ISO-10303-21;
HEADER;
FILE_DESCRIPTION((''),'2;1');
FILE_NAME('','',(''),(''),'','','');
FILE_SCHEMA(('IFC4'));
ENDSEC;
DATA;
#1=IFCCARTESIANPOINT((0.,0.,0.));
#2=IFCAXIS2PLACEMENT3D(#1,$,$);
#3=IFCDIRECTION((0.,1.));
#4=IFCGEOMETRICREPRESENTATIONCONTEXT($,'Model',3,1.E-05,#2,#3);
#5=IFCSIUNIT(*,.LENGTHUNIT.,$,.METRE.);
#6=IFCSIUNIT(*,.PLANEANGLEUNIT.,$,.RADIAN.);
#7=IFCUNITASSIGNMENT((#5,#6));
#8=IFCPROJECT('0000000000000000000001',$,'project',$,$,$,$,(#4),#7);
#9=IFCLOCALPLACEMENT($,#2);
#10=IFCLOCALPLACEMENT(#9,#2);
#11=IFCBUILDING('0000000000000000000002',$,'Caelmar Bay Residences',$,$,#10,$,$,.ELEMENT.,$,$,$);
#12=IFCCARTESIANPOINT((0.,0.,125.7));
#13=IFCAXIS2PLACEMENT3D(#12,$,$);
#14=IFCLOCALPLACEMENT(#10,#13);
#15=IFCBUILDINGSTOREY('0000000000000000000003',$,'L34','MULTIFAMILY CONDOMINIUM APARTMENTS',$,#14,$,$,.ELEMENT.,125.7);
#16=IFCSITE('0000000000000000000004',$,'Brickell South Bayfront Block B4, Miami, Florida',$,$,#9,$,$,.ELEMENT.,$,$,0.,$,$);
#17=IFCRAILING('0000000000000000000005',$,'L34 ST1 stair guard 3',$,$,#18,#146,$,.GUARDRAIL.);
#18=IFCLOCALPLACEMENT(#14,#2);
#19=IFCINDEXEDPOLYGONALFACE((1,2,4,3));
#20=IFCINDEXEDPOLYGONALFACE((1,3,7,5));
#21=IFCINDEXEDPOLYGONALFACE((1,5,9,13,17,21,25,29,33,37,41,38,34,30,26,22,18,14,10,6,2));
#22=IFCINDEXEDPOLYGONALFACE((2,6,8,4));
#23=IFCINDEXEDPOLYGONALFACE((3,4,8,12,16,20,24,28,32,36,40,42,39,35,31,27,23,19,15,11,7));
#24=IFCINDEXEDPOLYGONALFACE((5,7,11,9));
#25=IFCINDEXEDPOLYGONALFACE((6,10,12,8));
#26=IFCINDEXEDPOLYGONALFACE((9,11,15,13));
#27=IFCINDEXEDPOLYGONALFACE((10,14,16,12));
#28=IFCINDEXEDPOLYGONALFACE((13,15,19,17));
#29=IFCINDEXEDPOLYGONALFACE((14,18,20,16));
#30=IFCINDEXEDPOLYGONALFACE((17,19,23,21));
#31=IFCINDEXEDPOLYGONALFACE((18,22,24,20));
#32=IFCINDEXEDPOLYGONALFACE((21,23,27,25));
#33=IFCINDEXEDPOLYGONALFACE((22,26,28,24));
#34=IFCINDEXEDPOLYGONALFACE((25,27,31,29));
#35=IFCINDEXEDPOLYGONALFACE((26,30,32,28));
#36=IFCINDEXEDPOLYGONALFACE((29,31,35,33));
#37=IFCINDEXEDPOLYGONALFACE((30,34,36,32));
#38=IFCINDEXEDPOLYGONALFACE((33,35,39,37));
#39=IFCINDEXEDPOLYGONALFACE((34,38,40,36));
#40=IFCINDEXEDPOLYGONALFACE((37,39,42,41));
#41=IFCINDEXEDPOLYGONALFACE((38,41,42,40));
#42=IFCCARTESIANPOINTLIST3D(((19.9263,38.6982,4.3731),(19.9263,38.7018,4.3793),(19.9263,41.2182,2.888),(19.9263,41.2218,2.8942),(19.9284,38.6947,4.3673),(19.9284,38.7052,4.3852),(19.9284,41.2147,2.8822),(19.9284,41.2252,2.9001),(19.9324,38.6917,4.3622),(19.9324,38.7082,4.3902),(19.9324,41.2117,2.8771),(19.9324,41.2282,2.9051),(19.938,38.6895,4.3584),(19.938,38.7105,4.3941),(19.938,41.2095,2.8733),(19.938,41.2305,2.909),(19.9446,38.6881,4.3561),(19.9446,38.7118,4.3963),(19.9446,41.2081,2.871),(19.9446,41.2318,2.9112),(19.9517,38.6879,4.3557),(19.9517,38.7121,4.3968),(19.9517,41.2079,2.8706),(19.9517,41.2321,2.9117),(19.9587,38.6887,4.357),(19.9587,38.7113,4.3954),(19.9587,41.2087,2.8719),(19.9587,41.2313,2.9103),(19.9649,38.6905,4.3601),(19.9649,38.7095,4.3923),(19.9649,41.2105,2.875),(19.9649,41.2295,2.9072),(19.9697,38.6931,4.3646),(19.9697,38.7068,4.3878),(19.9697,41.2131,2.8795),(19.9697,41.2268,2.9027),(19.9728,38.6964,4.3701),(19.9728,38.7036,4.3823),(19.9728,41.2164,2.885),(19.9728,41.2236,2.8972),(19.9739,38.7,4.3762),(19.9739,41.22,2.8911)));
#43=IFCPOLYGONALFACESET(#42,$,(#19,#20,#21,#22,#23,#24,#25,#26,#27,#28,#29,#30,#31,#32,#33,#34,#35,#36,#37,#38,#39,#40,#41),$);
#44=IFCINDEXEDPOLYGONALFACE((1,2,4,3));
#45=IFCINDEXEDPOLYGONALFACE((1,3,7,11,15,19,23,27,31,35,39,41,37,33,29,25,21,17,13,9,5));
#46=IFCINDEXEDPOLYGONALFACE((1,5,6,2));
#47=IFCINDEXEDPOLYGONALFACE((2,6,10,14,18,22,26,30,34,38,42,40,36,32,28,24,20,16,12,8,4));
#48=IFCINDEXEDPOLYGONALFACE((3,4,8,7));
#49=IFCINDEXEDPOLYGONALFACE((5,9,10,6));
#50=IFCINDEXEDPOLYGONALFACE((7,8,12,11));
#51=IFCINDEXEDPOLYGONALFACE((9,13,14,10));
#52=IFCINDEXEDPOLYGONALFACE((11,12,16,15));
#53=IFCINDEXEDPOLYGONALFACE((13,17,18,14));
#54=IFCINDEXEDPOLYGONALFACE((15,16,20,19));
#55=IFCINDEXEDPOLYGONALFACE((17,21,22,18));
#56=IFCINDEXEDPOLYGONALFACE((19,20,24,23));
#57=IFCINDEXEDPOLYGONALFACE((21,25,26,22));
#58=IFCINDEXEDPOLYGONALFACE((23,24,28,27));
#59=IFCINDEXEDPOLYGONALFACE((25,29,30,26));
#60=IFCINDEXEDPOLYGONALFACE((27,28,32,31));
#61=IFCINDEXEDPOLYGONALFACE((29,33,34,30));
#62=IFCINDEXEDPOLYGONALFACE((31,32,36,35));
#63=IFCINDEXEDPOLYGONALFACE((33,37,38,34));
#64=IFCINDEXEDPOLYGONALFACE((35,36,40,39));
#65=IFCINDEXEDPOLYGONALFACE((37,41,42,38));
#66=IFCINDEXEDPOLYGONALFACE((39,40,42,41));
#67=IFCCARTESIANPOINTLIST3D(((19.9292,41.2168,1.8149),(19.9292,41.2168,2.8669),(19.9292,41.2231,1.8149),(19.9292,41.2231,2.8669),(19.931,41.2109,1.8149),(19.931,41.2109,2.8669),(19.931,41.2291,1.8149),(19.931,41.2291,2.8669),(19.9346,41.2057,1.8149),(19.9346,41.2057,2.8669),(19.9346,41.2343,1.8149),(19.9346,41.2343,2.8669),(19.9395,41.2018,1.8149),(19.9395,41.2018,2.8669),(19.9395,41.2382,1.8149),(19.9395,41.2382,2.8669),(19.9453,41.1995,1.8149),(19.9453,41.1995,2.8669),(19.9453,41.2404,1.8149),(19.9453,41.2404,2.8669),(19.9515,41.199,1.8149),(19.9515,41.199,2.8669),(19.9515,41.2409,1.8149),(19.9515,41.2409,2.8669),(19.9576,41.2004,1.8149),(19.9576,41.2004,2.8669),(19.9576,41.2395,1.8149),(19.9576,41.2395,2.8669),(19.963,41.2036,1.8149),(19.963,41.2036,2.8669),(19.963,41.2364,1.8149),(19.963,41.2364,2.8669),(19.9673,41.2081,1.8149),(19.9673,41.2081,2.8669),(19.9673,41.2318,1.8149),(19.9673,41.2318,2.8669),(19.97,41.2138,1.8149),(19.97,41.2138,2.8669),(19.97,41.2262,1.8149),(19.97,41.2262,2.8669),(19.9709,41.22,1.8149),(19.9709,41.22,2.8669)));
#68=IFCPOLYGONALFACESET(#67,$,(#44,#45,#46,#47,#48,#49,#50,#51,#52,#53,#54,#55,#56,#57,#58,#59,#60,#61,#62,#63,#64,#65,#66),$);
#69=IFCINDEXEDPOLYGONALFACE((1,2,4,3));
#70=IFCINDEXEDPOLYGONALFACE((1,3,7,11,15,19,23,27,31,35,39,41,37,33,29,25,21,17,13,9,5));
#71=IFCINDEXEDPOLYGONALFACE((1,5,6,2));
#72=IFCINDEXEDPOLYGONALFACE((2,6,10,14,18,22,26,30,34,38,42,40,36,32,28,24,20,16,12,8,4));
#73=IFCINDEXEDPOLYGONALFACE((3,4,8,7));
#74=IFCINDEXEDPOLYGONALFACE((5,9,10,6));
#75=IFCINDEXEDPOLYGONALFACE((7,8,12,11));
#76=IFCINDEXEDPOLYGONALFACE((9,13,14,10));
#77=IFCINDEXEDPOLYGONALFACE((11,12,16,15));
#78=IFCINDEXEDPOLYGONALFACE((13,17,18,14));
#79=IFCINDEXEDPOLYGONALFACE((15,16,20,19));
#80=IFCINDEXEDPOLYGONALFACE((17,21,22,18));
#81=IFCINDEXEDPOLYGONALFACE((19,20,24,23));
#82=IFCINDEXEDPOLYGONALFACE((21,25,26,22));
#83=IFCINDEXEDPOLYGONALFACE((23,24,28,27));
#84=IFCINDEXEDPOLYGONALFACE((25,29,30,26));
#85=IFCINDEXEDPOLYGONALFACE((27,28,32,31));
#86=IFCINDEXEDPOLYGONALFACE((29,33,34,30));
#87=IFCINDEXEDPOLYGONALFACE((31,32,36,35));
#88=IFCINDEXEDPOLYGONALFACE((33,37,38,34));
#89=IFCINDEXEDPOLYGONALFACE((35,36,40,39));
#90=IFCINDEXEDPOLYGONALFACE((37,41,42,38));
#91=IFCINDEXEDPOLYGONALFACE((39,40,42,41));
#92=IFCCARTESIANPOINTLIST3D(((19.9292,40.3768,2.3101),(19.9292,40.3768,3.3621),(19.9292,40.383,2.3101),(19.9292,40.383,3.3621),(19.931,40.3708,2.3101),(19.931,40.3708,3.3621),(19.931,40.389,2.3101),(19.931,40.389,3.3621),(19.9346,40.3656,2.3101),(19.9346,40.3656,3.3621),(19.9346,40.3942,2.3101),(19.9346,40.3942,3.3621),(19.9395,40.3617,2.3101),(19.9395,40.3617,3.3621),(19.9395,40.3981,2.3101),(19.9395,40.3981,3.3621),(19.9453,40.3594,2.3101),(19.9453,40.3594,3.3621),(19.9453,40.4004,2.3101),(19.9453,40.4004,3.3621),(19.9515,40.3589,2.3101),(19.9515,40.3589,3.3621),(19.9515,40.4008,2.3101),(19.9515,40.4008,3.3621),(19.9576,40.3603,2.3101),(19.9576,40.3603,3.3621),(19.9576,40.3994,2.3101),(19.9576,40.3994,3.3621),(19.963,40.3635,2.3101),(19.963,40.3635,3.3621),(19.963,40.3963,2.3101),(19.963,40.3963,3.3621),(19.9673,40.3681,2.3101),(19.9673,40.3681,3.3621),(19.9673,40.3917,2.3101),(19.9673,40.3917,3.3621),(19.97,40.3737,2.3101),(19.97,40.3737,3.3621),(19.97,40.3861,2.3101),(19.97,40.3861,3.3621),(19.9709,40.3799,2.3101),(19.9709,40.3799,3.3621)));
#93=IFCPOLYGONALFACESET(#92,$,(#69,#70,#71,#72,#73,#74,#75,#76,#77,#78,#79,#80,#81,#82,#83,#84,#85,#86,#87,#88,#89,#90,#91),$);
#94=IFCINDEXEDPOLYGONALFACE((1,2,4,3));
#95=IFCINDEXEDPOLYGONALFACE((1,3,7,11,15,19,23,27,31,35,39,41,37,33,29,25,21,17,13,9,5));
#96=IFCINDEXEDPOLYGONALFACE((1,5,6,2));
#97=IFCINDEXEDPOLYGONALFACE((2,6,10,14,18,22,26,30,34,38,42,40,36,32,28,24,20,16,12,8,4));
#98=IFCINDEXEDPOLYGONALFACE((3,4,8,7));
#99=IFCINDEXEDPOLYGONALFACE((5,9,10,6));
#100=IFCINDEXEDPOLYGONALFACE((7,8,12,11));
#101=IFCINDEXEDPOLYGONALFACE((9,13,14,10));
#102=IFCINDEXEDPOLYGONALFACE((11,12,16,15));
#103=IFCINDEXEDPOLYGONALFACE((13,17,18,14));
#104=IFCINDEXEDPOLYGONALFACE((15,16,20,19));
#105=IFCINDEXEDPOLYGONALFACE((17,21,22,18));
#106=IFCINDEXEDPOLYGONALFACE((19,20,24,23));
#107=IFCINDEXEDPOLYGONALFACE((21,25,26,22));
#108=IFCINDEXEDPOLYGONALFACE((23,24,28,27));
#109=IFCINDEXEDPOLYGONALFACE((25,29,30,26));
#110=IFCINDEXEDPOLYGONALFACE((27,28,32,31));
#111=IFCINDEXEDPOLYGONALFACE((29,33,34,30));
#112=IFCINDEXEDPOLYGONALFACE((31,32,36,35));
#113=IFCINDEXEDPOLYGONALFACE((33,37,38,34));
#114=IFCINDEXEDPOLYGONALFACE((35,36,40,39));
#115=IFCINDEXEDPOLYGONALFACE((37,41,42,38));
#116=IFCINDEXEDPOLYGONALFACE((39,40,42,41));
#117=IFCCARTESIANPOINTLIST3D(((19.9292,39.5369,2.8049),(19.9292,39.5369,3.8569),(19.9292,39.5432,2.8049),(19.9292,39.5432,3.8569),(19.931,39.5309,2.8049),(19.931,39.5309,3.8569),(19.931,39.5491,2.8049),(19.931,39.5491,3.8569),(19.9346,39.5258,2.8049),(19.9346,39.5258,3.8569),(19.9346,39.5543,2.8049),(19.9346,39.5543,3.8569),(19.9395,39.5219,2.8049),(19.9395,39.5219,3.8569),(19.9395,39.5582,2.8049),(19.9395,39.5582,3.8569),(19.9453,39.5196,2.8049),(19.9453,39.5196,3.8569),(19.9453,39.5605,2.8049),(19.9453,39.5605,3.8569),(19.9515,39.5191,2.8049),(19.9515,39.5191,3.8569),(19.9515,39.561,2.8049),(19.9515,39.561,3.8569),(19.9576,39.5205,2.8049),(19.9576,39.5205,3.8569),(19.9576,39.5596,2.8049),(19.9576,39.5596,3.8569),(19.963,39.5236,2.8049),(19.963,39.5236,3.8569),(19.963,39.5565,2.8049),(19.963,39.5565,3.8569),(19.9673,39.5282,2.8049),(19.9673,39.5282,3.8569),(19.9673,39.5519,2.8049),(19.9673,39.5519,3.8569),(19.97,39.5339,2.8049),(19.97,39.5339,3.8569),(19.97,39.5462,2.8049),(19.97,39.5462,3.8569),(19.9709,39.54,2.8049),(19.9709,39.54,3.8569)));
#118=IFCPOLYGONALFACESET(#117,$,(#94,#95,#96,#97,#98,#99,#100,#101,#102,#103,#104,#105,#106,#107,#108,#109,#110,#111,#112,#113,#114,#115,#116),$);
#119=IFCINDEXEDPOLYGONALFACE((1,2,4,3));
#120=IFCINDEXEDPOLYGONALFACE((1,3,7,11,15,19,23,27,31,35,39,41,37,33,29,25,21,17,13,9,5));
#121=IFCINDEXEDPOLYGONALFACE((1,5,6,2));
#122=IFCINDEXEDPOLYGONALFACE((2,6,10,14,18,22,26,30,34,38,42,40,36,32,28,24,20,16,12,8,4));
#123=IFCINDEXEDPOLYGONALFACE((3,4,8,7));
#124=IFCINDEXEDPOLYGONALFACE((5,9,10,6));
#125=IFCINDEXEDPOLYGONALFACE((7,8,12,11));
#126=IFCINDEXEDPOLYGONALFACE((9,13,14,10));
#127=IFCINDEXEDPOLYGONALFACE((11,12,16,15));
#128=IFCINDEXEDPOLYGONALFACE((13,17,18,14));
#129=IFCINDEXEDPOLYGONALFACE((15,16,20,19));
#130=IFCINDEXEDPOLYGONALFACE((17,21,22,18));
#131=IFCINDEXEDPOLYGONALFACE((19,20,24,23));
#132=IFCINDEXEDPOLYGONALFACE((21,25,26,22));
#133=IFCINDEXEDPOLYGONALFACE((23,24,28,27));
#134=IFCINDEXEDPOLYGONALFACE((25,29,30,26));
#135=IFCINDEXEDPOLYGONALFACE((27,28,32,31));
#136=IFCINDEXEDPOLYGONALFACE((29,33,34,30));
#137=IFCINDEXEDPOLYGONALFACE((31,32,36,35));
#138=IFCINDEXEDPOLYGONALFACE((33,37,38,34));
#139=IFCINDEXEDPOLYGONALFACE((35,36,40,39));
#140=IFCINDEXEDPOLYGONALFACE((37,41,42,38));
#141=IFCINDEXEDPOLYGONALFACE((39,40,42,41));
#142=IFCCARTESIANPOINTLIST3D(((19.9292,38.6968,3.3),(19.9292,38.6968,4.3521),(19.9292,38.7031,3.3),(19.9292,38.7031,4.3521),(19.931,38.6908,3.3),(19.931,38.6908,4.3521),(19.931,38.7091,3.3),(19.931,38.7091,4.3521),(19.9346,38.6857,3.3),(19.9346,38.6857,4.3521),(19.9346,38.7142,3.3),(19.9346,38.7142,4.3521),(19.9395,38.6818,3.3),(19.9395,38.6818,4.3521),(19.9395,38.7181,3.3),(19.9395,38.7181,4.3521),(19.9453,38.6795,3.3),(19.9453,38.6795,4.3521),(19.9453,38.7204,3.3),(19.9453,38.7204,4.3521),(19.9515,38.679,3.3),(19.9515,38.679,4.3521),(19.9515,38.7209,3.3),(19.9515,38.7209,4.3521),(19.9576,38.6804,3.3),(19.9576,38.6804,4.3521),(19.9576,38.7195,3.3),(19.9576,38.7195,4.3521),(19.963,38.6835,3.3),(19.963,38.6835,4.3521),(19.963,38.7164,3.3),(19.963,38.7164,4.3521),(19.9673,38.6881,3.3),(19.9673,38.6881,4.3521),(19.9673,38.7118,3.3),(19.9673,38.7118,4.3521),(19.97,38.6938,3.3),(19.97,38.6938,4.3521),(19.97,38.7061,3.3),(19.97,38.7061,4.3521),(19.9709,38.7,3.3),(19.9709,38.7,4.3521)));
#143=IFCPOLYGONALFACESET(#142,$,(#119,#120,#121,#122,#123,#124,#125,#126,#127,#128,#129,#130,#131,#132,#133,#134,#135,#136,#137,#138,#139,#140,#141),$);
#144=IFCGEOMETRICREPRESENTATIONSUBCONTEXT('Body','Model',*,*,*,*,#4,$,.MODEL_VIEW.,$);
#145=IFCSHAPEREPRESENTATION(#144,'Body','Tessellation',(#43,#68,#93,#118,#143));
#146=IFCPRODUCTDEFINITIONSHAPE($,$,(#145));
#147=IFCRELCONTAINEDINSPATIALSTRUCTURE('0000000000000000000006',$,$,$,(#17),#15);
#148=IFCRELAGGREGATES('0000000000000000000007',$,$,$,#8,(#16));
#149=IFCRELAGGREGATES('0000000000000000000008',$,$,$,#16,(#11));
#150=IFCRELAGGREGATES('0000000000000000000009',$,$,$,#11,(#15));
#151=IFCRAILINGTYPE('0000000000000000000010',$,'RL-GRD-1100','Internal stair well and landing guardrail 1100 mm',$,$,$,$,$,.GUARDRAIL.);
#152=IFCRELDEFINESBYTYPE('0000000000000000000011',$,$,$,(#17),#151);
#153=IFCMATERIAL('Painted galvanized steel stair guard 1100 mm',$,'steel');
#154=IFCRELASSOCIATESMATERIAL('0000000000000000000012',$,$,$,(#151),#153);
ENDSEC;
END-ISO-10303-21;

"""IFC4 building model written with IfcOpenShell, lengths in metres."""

from ifc_helpers import new_model, si_unit, direction, frame, origin, origin_2d, place, context, subcontext, project, spatial, circle, extrude, material, type_object, element, save


model = new_model("IFC4")

# Units and contexts
model_context = context("Model", 3, precision=1e-05, world=origin(), true_north=direction((0.0, 1.0)))
body_context = subcontext(model_context, "Body", "Model", "MODEL_VIEW")
ifc_project = project(units=[si_unit("LENGTHUNIT", "METRE"), si_unit("PLANEANGLEUNIT", "RADIAN")], contexts=[model_context])

# Site, building, storey
site_placement = place(None, origin())
site = spatial("IfcSite", under=ifc_project, at=site_placement, Name="Brickell South Bayfront Block B4, Miami, Florida", CompositionType="ELEMENT", RefElevation=0.0)
building_placement = place(site_placement, origin())
building = spatial("IfcBuilding", under=site, at=building_placement, Name="Caelmar Bay Residences", CompositionType="ELEMENT")
storey_placement = place(building_placement, frame((0.0, 0.0, 125.7)))
storey = spatial("IfcBuildingStorey", under=building, at=storey_placement, Name="L34", Description="MULTIFAMILY CONDOMINIUM APARTMENTS", CompositionType="ELEMENT", Elevation=125.7)

# Railing
ifc_material_1 = material(Name="Painted galvanized steel stair guard 1100 mm", Category="steel")
railing_type_1 = type_object("IfcRailingType", Name="RL-GRD-1100", Description="Internal stair well and landing guardrail 1100 mm", PredefinedType="GUARDRAIL", material=ifc_material_1)
railing_1_placement = place(storey_placement, frame((19.95, 41.22, 1.8149)))
element("IfcRailing", 1, at=railing_1_placement, inside=storey, type_object=railing_type_1, Name="L34 ST1 stair guard 3", PredefinedType="GUARDRAIL", context=body_context, shape_type="SweptSolid", body=[
    extrude(circle(Radius=0.0239, at=origin_2d()), frame((0.0, 0.0, 1.0762), z_axis=(0.0, -0.861524, 0.507717), x_axis=(1.0, 0.0, 0.0)), (0.0, 0.0, 1.0), 2.925),
    extrude(circle(Radius=0.021, at=origin_2d()), origin(), (0.0, 0.0, 1.0), 1.052),
    extrude(circle(Radius=0.021, at=origin_2d()), frame((0.0, -0.8401, 0.4951)), (0.0, 0.0, 1.0), 1.052),
    extrude(circle(Radius=0.021, at=origin_2d()), frame((0.0, -1.6799, 0.99)), (0.0, 0.0, 1.0), 1.052),
    extrude(circle(Radius=0.021, at=origin_2d()), frame((0.0, -2.52, 1.4851)), (0.0, 0.0, 1.0), 1.052),
])

save(model, "model.ifc")
